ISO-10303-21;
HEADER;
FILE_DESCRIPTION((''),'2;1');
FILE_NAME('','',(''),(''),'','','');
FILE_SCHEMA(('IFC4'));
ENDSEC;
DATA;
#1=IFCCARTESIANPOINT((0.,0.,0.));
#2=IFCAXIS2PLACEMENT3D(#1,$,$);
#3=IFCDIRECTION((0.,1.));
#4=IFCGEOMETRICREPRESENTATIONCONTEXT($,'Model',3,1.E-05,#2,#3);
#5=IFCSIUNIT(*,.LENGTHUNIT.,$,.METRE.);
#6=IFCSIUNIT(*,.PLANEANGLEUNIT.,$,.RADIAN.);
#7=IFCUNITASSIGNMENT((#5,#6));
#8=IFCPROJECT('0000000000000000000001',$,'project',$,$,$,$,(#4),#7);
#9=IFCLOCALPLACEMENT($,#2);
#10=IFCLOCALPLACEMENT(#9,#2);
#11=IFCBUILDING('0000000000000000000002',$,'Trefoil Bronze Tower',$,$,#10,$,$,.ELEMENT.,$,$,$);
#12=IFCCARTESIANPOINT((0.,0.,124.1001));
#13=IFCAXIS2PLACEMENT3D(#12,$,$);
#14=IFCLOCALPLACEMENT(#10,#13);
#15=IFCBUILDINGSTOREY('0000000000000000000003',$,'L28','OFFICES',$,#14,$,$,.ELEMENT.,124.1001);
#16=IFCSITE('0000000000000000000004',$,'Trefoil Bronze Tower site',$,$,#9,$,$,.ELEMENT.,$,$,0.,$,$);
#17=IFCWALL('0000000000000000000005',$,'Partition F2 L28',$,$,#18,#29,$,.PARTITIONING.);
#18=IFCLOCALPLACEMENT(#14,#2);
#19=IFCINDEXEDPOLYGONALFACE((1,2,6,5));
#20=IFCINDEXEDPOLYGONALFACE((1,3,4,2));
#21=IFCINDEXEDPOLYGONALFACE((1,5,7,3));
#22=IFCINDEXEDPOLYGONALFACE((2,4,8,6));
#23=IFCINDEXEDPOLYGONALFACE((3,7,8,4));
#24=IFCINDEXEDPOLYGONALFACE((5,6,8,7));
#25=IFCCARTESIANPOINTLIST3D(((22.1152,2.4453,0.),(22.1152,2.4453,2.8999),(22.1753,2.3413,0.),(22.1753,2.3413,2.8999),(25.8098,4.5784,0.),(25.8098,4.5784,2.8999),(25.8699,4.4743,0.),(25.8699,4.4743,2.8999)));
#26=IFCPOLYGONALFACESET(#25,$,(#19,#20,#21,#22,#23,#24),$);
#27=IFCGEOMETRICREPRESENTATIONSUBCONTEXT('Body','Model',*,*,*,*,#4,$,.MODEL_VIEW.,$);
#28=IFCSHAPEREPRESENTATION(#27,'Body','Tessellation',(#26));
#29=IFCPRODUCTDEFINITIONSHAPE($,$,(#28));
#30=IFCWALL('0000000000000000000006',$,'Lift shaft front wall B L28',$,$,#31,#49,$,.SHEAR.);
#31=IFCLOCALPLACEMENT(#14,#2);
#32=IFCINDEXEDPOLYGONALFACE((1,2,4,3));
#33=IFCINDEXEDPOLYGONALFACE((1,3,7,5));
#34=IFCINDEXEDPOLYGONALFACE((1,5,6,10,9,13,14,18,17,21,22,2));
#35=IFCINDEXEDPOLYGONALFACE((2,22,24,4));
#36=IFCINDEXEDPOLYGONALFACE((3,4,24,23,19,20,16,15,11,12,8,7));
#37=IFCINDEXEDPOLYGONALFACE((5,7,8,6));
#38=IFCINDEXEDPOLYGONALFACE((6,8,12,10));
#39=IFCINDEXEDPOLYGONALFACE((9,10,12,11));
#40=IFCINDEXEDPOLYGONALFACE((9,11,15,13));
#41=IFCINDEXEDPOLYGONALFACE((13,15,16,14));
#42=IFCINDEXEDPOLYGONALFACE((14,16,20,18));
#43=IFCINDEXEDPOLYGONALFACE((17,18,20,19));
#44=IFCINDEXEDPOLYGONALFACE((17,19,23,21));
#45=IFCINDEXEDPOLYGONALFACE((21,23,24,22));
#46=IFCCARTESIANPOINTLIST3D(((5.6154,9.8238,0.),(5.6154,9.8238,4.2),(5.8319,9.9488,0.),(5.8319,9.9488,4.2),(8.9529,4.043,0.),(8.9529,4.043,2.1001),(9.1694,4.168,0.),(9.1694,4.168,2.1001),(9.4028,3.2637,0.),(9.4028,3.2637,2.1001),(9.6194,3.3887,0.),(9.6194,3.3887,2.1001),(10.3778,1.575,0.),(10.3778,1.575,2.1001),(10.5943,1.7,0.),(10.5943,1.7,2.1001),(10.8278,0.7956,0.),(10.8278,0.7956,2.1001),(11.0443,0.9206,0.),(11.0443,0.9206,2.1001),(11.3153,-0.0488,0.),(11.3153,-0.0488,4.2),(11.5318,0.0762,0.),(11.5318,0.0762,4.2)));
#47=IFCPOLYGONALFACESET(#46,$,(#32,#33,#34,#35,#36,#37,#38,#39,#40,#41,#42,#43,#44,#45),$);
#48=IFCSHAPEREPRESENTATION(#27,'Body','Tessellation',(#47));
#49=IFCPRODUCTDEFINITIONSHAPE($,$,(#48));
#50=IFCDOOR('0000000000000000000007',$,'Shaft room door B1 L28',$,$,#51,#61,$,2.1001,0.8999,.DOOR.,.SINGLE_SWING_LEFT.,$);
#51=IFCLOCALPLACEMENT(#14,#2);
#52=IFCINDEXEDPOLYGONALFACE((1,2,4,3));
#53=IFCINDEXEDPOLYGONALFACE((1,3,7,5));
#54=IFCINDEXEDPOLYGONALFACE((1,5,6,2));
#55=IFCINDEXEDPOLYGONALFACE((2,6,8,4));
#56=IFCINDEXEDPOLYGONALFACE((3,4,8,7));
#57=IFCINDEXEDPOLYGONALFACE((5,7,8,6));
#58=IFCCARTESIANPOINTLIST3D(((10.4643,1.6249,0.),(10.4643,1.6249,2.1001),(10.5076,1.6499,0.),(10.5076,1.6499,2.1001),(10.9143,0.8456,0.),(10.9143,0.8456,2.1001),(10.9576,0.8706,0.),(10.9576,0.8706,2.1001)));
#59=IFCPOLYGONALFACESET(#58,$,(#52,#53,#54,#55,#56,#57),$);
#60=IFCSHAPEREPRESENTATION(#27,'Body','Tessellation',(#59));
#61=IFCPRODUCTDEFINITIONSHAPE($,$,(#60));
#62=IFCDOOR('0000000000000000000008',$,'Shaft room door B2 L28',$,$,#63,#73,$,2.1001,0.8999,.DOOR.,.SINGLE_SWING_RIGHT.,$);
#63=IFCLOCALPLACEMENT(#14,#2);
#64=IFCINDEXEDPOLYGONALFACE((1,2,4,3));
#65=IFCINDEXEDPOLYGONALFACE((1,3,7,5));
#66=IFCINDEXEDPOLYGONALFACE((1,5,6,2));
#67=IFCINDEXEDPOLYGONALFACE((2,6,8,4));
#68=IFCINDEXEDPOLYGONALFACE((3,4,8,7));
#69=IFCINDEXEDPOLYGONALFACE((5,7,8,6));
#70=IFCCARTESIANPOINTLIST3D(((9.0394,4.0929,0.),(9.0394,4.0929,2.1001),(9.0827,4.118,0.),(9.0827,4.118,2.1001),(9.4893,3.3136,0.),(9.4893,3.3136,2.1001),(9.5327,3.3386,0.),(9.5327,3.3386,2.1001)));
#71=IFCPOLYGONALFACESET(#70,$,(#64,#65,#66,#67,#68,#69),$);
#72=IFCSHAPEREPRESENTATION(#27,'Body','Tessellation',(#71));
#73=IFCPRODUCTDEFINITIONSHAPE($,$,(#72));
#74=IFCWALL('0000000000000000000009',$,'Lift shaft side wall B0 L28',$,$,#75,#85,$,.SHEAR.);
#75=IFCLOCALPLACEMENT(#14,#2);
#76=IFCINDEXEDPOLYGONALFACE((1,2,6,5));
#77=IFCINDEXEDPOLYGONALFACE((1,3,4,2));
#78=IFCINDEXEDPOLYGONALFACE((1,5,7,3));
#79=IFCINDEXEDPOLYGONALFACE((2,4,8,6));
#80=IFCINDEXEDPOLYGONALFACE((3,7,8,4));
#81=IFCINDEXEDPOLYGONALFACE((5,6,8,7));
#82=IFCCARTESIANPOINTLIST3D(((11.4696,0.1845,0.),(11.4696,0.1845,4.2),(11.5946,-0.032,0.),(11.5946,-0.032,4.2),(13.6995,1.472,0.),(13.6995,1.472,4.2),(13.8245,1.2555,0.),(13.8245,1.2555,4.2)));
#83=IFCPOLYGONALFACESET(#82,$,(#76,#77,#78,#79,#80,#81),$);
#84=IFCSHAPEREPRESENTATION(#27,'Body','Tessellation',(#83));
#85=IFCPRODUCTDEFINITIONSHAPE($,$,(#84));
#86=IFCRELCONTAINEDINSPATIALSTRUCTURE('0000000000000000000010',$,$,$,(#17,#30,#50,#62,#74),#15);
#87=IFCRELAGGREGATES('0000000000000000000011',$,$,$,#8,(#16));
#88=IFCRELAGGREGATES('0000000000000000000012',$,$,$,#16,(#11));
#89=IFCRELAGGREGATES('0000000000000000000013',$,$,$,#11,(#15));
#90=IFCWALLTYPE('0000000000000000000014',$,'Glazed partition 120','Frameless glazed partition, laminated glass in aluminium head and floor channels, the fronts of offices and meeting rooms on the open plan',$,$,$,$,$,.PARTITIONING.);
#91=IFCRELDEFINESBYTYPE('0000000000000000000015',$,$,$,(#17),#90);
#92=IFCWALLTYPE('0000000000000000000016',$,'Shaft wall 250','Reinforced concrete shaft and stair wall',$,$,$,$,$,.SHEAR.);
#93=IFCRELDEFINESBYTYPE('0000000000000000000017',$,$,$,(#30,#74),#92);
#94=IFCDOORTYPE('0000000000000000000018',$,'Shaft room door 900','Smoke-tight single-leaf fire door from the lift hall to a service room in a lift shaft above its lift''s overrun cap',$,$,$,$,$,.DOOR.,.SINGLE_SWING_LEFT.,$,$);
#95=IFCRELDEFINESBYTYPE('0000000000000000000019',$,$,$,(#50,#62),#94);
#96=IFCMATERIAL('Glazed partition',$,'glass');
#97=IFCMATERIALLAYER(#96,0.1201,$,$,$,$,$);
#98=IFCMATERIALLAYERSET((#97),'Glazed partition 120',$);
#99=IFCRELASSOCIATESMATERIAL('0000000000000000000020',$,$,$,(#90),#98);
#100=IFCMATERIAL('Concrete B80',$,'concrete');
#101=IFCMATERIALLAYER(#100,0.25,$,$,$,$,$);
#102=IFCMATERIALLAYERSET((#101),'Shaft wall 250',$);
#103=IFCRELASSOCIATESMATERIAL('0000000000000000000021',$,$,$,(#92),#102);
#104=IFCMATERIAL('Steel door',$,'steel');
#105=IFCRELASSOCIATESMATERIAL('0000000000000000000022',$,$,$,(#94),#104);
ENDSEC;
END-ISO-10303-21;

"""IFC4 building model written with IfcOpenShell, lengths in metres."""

from ifc_helpers import new_model, si_unit, direction, frame, frame_2d, origin, place, context, subcontext, project, spatial, rectangle, extrude, material, layer, layer_set, type_object, element, fill, save


model = new_model("IFC4")

# Units and contexts
model_context = context("Model", 3, precision=1e-05, world=origin(), true_north=direction((0.0, 1.0)))
body_context = subcontext(model_context, "Body", "Model", "MODEL_VIEW")
ifc_project = project(units=[si_unit("LENGTHUNIT", "METRE"), si_unit("PLANEANGLEUNIT", "RADIAN")], contexts=[model_context])

# Site, building, storey
site_placement = place(None, origin())
site = spatial("IfcSite", under=ifc_project, at=site_placement, Name="Trefoil Bronze Tower site", CompositionType="ELEMENT", RefElevation=0.0)
building_placement = place(site_placement, origin())
building = spatial("IfcBuilding", under=site, at=building_placement, Name="Trefoil Bronze Tower", CompositionType="ELEMENT")
storey_placement = place(building_placement, frame((0.0, 0.0, 124.1001)))
storey = spatial("IfcBuildingStorey", under=building, at=storey_placement, Name="L28", Description="OFFICES", CompositionType="ELEMENT", Elevation=124.1001)

# Shared definitions
ifc_material_1 = material(Name="Glazed partition", Category="glass")
ifc_layer_1 = layer(ifc_material_1, 0.1201)
ifc_layer_set_1 = layer_set([ifc_layer_1], Name="Glazed partition 120")
wall_type_1 = type_object("IfcWallType", Name="Glazed partition 120", Description="Frameless glazed partition, laminated glass in aluminium head and floor channels, the fronts of offices and meeting rooms on the open plan", PredefinedType="PARTITIONING", material=ifc_layer_set_1)

# Wall
wall_1_placement = place(storey_placement, frame((22.1453, 2.3933, 0.0), z_axis=(0.0, 0.0, 1.0), x_axis=(0.866026, 0.499998, 0.0)))
element("IfcWall", 1, at=wall_1_placement, inside=storey, type_object=wall_type_1, Name="Partition F2 L28", PredefinedType="PARTITIONING", context=body_context, shape_type="SweptSolid", body=[
    extrude(rectangle(XDim=4.2661, YDim=0.1201, at=frame_2d((2.1331, 0.0))), origin(), (0.0, 0.0, 1.0), 2.8999),
])

# Wall, openings, doors
ifc_material_2 = material(Name="Concrete B80", Category="concrete")
ifc_layer_2 = layer(ifc_material_2, 0.25)
ifc_layer_set_2 = layer_set([ifc_layer_2], Name="Shaft wall 250")
wall_type_2 = type_object("IfcWallType", Name="Shaft wall 250", Description="Reinforced concrete shaft and stair wall", PredefinedType="SHEAR", material=ifc_layer_set_2)
wall_2_placement = place(storey_placement, frame((11.4236, 0.0137, 0.0), z_axis=(0.0, 0.0, 1.0), x_axis=(-0.500002, 0.866024, 0.0)))
wall_2 = element("IfcWall", 2, at=wall_2_placement, inside=storey, type_object=wall_type_2, Name="Lift shaft front wall B L28", PredefinedType="SHEAR", context=body_context, shape_type="SweptSolid", body=[
    extrude(rectangle(XDim=11.3999, YDim=0.25, at=frame_2d((5.7, 0.0))), origin(), (0.0, 0.0, 1.0), 4.2),
])
opening_1_placement = place(wall_2_placement, frame((0.9751, 0.0, 0.0)))
opening_1 = element("IfcOpeningElement", 3, at=opening_1_placement, cuts=wall_2, PredefinedType="OPENING", context=body_context, shape_type="SweptSolid", body=[
    extrude(rectangle(XDim=0.8999, YDim=2.1001, at=frame_2d((0.45, 1.05))), frame((0.0, 0.135, 0.0), z_axis=(0.0, -1.0, 0.0), x_axis=(1.0, 0.0, 0.0)), (0.0, 0.0, 1.0), 0.27),
])
opening_2_placement = place(wall_2_placement, frame((3.825, 0.0, 0.0)))
opening_2 = element("IfcOpeningElement", 4, at=opening_2_placement, cuts=wall_2, PredefinedType="OPENING", context=body_context, shape_type="SweptSolid", body=[
    extrude(rectangle(XDim=0.8999, YDim=2.1001, at=frame_2d((0.45, 1.05))), frame((0.0, 0.135, 0.0), z_axis=(0.0, -1.0, 0.0), x_axis=(1.0, 0.0, 0.0)), (0.0, 0.0, 1.0), 0.27),
])
ifc_material_3 = material(Name="Steel door", Category="steel")
door_type_1 = type_object("IfcDoorType", Name="Shaft room door 900", Description="Smoke-tight single-leaf fire door from the lift hall to a service room in a lift shaft above its lift's overrun cap", OperationType="SINGLE_SWING_LEFT", PredefinedType="DOOR", material=ifc_material_3)
door_1_placement = place(opening_1_placement, frame((0.8999, 0.0, 0.0), z_axis=(0.0, 0.0, 1.0), x_axis=(-1.0, 0.0, 0.0)))
door_1 = element("IfcDoor", 5, at=door_1_placement, inside=storey, type_object=door_type_1, Name="Shaft room door B1 L28", OperationType="SINGLE_SWING_LEFT", OverallHeight=2.1001, OverallWidth=0.8999, PredefinedType="DOOR", context=body_context, shape_type="SweptSolid", body=[
    extrude(rectangle(XDim=0.8999, YDim=2.1001, at=frame_2d((0.45, 1.05))), frame((0.0, 0.0249, 0.0), z_axis=(0.0, -1.0, 0.0), x_axis=(1.0, 0.0, 0.0)), (0.0, 0.0, 1.0), 0.05),
])
fill(opening_1, door_1)
door_2_placement = place(opening_2_placement, frame((0.8999, 0.0, 0.0), z_axis=(0.0, 0.0, 1.0), x_axis=(-1.0, 0.0, 0.0)))
door_2 = element("IfcDoor", 6, at=door_2_placement, inside=storey, type_object=door_type_1, Name="Shaft room door B2 L28", OperationType="SINGLE_SWING_RIGHT", OverallHeight=2.1001, OverallWidth=0.8999, PredefinedType="DOOR", context=body_context, shape_type="SweptSolid", body=[
    extrude(rectangle(XDim=0.8999, YDim=2.1001, at=frame_2d((0.45, 1.05))), frame((0.0, 0.0249, 0.0), z_axis=(0.0, -1.0, 0.0), x_axis=(1.0, 0.0, 0.0)), (0.0, 0.0, 1.0), 0.05),
])
fill(opening_2, door_2)

# Wall
wall_3_placement = place(storey_placement, frame((11.532, 0.0762, 0.0), z_axis=(0.0, 0.0, 1.0), x_axis=(0.866006, 0.500034, 0.0)))
element("IfcWall", 7, at=wall_3_placement, inside=storey, type_object=wall_type_2, Name="Lift shaft side wall B0 L28", PredefinedType="SHEAR", context=body_context, shape_type="SweptSolid", body=[
    extrude(rectangle(XDim=2.575, YDim=0.25, at=frame_2d((1.2876, 0.0))), origin(), (0.0, 0.0, 1.0), 4.2),
])

save(model, "model.ifc")
